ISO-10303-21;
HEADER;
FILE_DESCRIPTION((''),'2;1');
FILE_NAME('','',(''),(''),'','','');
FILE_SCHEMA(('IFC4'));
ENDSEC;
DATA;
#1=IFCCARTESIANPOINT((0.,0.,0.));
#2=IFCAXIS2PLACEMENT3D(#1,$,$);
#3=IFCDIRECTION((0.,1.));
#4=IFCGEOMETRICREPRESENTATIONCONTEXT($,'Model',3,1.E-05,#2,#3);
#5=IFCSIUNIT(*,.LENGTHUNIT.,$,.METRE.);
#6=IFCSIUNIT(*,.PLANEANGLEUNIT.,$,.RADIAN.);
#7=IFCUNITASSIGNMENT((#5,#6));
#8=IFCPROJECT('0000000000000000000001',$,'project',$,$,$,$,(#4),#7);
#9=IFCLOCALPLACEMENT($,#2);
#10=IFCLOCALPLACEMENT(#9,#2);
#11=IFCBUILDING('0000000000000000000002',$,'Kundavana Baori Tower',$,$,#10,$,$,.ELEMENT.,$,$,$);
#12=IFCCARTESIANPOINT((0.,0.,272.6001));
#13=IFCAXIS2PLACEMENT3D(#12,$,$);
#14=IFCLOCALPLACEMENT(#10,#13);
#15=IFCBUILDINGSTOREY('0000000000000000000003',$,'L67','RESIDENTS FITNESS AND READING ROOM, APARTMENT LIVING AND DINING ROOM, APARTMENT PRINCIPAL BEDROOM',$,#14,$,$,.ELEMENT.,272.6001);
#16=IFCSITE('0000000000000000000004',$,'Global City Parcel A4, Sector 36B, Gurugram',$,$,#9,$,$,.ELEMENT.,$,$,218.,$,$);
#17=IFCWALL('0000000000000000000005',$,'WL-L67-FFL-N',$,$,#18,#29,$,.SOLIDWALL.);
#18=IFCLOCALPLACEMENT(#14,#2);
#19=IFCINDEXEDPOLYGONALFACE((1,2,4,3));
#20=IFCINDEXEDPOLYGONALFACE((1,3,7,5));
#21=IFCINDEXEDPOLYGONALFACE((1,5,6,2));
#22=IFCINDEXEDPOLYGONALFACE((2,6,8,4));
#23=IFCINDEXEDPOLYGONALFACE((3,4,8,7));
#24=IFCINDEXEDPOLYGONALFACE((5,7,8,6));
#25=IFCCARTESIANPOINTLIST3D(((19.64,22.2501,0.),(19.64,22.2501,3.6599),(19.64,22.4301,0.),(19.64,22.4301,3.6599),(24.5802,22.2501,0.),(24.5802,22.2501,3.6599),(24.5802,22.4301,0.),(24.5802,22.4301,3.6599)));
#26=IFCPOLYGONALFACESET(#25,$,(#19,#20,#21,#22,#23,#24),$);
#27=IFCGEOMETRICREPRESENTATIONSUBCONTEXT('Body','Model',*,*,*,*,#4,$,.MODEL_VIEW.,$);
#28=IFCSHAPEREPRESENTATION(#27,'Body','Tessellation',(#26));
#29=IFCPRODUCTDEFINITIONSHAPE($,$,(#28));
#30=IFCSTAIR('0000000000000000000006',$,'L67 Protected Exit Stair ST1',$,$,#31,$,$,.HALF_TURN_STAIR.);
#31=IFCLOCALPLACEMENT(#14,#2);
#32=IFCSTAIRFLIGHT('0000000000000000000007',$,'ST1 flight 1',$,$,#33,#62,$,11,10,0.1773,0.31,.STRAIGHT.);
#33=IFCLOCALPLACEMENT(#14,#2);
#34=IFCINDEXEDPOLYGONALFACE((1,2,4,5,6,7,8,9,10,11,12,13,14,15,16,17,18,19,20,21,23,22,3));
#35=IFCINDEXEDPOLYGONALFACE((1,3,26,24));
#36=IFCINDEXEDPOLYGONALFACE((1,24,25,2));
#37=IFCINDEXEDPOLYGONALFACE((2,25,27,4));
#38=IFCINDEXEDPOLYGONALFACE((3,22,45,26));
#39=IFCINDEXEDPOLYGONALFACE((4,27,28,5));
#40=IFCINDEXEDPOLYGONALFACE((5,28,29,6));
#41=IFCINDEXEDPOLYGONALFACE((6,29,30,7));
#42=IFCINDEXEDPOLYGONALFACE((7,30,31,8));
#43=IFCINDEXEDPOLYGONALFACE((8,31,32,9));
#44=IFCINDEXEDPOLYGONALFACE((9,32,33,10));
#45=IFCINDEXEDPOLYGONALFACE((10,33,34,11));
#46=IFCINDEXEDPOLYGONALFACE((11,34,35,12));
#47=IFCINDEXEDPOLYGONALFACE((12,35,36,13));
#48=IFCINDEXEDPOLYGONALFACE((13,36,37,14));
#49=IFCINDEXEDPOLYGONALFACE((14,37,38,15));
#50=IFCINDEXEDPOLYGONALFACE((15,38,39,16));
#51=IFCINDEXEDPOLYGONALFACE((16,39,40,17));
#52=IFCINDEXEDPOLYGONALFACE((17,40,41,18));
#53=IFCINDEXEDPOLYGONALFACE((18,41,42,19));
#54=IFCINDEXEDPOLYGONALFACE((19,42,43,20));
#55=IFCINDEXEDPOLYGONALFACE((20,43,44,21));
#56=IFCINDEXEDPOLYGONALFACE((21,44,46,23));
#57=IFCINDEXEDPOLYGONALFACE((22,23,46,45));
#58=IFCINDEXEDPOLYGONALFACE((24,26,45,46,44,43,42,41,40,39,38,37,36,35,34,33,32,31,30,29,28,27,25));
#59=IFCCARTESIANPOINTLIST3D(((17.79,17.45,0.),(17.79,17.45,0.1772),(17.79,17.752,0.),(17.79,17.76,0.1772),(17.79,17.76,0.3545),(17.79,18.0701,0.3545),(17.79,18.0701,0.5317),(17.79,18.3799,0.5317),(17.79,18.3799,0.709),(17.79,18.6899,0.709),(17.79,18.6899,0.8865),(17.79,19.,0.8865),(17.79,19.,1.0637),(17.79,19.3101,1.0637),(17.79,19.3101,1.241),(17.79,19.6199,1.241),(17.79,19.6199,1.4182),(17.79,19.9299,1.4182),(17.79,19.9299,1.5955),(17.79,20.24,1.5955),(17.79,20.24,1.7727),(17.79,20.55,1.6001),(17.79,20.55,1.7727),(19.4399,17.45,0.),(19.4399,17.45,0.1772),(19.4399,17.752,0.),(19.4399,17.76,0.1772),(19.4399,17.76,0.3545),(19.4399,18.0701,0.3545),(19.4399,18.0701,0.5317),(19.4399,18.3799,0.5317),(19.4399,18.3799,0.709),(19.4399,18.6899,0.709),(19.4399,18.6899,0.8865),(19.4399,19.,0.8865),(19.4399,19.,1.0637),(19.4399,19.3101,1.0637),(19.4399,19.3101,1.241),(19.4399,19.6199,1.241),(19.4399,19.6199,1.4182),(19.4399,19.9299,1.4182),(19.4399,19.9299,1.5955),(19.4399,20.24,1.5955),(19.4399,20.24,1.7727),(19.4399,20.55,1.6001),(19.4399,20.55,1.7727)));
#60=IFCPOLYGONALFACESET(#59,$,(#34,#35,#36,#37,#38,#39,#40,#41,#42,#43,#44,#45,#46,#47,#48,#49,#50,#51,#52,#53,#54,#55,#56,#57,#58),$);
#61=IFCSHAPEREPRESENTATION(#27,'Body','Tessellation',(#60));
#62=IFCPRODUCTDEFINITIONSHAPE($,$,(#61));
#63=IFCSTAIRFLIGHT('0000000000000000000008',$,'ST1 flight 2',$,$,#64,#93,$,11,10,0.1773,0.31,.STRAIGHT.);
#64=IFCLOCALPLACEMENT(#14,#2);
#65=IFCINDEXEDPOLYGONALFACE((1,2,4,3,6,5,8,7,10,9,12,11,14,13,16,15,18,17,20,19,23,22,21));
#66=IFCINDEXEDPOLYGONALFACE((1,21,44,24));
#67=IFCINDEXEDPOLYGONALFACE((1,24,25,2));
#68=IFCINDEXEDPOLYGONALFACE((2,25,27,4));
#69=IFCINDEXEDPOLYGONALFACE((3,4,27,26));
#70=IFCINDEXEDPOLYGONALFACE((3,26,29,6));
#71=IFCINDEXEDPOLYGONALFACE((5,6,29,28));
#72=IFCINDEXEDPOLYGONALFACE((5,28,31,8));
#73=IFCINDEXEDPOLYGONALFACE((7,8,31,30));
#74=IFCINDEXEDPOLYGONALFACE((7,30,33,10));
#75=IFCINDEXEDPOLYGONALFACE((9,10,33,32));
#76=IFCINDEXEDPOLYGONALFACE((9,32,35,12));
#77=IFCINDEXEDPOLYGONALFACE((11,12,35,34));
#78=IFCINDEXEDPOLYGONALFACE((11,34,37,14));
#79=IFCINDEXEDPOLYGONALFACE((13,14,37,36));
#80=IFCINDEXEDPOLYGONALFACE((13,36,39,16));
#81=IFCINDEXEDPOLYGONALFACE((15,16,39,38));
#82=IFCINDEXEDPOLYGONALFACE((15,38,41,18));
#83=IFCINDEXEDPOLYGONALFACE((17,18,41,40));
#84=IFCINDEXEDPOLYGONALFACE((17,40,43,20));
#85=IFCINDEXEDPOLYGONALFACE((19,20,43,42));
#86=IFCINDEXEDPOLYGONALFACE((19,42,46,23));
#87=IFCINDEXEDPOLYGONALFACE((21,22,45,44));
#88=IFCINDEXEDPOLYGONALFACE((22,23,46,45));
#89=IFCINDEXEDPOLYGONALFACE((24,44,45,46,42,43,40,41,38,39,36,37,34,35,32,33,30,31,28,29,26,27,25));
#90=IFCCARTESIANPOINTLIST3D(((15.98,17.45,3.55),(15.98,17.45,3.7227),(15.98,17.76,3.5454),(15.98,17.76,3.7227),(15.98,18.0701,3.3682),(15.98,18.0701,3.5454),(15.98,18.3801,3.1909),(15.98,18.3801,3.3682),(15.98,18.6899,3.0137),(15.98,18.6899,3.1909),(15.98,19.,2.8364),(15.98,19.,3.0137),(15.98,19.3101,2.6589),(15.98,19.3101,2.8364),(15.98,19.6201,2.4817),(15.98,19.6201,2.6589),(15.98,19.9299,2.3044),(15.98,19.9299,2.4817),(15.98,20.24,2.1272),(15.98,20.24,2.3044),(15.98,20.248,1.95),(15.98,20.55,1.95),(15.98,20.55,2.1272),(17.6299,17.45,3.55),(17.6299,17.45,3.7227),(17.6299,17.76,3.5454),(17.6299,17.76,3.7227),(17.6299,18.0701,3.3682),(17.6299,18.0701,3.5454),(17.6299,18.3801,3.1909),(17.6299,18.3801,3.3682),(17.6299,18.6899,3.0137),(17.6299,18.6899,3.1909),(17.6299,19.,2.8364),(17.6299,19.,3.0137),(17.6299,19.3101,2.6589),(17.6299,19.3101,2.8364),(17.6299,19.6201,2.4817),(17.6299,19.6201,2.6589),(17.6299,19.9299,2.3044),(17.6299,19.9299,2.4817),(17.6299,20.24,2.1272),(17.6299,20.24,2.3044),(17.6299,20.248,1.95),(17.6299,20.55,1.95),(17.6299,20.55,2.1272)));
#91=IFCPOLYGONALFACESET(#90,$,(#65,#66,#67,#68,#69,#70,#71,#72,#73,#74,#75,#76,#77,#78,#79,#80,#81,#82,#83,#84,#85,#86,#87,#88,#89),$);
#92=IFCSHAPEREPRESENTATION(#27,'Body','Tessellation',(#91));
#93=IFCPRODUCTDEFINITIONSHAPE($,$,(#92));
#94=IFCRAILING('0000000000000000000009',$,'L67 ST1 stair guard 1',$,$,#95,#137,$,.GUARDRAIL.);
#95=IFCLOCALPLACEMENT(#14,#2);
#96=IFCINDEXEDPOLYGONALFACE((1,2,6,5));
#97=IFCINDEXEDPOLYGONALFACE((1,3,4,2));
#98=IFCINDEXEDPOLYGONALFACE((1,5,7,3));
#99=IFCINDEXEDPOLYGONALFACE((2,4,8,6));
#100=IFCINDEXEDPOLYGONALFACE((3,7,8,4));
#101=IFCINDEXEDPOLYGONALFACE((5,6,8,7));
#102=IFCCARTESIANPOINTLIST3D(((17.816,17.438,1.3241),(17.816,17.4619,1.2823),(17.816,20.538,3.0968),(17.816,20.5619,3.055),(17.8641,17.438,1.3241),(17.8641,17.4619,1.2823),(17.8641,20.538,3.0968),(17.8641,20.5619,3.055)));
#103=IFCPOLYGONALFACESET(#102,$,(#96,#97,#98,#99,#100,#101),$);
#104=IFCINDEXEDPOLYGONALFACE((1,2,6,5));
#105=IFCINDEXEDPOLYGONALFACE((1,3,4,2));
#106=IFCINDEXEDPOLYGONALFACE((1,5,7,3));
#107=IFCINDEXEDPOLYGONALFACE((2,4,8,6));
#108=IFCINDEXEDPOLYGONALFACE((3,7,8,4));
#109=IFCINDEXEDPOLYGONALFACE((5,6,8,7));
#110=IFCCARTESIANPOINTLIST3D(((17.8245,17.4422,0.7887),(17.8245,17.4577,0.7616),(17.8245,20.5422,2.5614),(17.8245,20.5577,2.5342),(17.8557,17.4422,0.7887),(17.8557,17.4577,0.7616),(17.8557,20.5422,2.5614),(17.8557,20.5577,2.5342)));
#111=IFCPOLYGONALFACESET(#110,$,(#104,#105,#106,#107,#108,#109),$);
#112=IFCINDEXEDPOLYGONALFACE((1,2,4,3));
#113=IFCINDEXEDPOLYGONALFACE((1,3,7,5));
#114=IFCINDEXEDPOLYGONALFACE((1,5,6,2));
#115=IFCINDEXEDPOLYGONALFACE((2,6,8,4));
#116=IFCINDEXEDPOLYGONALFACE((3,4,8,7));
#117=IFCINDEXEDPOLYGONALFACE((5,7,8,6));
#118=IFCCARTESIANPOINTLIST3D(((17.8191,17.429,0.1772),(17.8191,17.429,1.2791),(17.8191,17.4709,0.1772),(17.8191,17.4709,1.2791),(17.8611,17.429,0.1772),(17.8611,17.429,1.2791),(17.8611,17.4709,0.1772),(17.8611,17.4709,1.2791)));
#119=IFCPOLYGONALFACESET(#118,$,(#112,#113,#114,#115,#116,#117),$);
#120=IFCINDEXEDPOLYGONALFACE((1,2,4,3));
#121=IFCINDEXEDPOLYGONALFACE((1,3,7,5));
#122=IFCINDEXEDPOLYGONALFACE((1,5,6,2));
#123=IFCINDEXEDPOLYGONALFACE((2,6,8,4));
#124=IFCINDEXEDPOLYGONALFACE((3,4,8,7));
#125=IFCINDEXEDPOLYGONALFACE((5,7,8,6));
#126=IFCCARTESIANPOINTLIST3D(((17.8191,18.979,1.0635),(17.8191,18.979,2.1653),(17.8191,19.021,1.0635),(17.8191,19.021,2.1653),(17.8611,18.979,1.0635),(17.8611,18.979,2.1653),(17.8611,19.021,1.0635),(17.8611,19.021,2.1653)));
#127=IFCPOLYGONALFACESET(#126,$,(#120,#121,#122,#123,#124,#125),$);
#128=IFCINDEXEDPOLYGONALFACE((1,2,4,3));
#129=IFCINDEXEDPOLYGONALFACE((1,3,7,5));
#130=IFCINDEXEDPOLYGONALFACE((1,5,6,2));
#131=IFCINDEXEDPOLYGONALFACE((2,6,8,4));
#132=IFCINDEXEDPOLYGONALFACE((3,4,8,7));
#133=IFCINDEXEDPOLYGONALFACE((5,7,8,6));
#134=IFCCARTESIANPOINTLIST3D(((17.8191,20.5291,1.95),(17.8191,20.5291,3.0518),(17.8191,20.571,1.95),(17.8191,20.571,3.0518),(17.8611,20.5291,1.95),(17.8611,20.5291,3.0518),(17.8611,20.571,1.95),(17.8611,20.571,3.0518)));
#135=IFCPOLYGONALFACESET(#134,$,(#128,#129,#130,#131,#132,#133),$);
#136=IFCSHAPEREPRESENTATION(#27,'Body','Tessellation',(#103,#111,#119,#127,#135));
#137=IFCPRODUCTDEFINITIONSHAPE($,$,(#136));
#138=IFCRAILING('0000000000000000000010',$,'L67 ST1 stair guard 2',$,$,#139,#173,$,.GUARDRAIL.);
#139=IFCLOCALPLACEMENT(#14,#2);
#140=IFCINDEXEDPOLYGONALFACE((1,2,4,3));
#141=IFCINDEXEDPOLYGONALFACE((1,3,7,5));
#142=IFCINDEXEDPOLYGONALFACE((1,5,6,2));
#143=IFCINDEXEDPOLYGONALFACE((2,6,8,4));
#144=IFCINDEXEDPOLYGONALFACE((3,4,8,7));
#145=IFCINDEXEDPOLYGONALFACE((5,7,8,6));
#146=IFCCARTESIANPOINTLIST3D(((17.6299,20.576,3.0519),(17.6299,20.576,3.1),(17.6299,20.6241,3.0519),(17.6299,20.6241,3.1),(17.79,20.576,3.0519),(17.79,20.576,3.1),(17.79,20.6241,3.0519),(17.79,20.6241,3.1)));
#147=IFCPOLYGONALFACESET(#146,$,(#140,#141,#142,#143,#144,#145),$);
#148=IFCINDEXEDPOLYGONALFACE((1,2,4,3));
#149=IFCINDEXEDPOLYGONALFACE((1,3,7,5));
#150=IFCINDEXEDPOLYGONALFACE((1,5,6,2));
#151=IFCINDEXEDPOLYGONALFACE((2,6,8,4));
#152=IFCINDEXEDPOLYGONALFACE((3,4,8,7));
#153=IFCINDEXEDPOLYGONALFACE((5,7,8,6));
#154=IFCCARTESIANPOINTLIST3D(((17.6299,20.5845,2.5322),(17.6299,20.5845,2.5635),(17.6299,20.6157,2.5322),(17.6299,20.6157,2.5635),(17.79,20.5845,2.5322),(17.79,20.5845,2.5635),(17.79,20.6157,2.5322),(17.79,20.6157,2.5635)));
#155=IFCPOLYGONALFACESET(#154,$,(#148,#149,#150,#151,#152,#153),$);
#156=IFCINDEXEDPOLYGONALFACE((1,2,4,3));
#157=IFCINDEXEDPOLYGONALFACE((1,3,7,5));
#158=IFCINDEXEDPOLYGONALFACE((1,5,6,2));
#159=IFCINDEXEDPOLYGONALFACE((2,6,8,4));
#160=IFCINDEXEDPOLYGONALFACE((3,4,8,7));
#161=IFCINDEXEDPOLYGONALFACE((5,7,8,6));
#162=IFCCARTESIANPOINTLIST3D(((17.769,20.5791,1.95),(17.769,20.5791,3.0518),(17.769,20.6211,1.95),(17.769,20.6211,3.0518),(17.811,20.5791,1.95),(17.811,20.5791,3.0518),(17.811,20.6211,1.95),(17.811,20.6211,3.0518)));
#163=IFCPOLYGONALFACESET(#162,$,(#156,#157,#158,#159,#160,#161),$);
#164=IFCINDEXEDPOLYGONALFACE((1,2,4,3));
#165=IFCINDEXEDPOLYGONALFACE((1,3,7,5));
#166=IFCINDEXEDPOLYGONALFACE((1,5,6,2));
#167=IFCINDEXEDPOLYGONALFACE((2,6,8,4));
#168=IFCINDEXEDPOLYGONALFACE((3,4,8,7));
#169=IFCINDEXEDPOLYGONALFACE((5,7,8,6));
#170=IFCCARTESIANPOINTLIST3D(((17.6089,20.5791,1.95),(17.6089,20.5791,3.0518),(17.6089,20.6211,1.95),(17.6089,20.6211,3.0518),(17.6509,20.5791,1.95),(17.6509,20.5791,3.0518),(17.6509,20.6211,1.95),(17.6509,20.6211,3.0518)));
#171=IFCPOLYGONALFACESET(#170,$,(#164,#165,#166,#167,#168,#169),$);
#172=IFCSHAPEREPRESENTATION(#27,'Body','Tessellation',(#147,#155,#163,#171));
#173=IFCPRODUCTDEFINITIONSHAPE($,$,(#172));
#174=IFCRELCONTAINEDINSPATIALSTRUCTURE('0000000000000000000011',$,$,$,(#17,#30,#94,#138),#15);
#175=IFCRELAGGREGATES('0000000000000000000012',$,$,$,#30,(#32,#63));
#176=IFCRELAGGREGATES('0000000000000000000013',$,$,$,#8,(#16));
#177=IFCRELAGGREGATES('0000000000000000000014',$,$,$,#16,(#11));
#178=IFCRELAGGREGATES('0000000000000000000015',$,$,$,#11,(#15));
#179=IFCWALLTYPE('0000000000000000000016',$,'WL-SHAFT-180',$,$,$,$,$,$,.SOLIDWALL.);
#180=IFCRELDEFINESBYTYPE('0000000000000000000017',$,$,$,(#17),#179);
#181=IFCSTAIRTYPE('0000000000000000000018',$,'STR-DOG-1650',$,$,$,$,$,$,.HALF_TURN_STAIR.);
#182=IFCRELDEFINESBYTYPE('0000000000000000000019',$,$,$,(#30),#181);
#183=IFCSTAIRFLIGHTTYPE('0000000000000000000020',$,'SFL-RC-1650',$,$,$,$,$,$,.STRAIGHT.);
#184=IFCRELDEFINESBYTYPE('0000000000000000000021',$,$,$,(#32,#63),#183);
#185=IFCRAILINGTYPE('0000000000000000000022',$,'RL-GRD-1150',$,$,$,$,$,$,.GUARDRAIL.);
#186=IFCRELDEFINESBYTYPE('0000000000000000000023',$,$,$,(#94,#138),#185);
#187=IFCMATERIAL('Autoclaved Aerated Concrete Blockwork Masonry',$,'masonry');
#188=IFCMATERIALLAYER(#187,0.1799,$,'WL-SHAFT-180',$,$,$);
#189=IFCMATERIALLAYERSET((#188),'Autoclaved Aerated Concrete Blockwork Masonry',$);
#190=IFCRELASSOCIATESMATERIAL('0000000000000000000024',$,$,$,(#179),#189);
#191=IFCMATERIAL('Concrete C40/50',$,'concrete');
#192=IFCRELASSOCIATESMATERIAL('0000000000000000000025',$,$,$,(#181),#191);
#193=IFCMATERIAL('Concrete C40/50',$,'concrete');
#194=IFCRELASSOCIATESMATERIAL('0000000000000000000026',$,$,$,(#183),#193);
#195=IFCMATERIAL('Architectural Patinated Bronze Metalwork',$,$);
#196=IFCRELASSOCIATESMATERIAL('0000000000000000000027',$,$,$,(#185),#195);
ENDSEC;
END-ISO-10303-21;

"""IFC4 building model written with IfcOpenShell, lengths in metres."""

from ifc_helpers import new_model, si_unit, direction, frame, frame_2d, origin, origin_2d, place, context, subcontext, project, spatial, polyline, rectangle, outline, extrude, material, layer, layer_set, type_object, element, aggregate, save


model = new_model("IFC4")

# Units and contexts
model_context = context("Model", 3, precision=1e-05, world=origin(), true_north=direction((0.0, 1.0)))
body_context = subcontext(model_context, "Body", "Model", "MODEL_VIEW")
ifc_project = project(units=[si_unit("LENGTHUNIT", "METRE"), si_unit("PLANEANGLEUNIT", "RADIAN")], contexts=[model_context])

# Site, building, storey
site_placement = place(None, origin())
site = spatial("IfcSite", under=ifc_project, at=site_placement, Name="Global City Parcel A4, Sector 36B, Gurugram", CompositionType="ELEMENT", RefElevation=218.0)
building_placement = place(site_placement, origin())
building = spatial("IfcBuilding", under=site, at=building_placement, Name="Kundavana Baori Tower", CompositionType="ELEMENT")
storey_placement = place(building_placement, frame((0.0, 0.0, 272.6001)))
storey = spatial("IfcBuildingStorey", under=building, at=storey_placement, Name="L67", Description="RESIDENTS FITNESS AND READING ROOM, APARTMENT LIVING AND DINING ROOM, APARTMENT PRINCIPAL BEDROOM", CompositionType="ELEMENT", Elevation=272.6001)

# Shared definitions
ifc_material_1 = material(Name="Autoclaved Aerated Concrete Blockwork Masonry", Category="masonry")
ifc_layer_1 = layer(ifc_material_1, 0.1799, Name="WL-SHAFT-180")
ifc_layer_set_1 = layer_set([ifc_layer_1], Name="Autoclaved Aerated Concrete Blockwork Masonry")
wall_type_1 = type_object("IfcWallType", Name="WL-SHAFT-180", PredefinedType="SOLIDWALL", material=ifc_layer_set_1)

# Wall
wall_1_placement = place(storey_placement, frame((19.6399, 22.3401, 0.0), z_axis=(0.0, 0.0, 1.0), x_axis=(1.0, 0.0, 0.0)))
element("IfcWall", 1, at=wall_1_placement, inside=storey, type_object=wall_type_1, Name="WL-L67-FFL-N", PredefinedType="SOLIDWALL", context=body_context, shape_type="SweptSolid", body=[
    extrude(rectangle(XDim=4.9402, YDim=0.1799, at=frame_2d((2.4702, 0.0))), origin(), (0.0, 0.0, 1.0), 3.6599),
])

# Stair, stair flights
ifc_material_2 = material(Name="Concrete C40/50", Category="concrete")
stair_type = type_object("IfcStairType", Name="STR-DOG-1650", PredefinedType="HALF_TURN_STAIR", material=ifc_material_2)
stair_placement = place(storey_placement, origin())
stair = element("IfcStair", 2, at=stair_placement, inside=storey, type_object=stair_type, Name="L67 Protected Exit Stair ST1", PredefinedType="HALF_TURN_STAIR")
ifc_material_3 = material(Name="Concrete C40/50", Category="concrete")
stair_flight_type = type_object("IfcStairFlightType", Name="SFL-RC-1650", PredefinedType="STRAIGHT", material=ifc_material_3)
stair_flight_1_placement = place(storey_placement, frame((18.615, 17.45, 0.0), z_axis=(0.0, 0.0, 1.0), x_axis=(0.0, 1.0, 0.0)))
stair_flight_1 = element("IfcStairFlight", 3, at=stair_flight_1_placement, type_object=stair_flight_type, Name="ST1 flight 1", NumberOfRisers=11, NumberOfTreads=10, PredefinedType="STRAIGHT", RiserHeight=0.1773, TreadLength=0.31, context=body_context, shape_type="SweptSolid", body=[
    extrude(outline(polyline([(0.0, 0.0), (0.0, 0.1772), (0.3101, 0.1772), (0.3101, 0.3545), (0.6201, 0.3545), (0.6201, 0.5317), (0.9299, 0.5317), (0.9299, 0.709), (1.24, 0.709), (1.24, 0.8865), (1.55, 0.8865), (1.55, 1.0637), (1.8601, 1.0637), (1.8601, 1.241), (2.1699, 1.241), (2.1699, 1.4182), (2.48, 1.4182), (2.48, 1.5955), (2.79, 1.5955), (2.79, 1.7727), (3.1001, 1.7727), (3.1001, 1.95), (3.1001, 1.6001), (0.302, 0.0), (0.0, 0.0)])), frame((0.0, 0.825, 0.0), z_axis=(0.0, -1.0, 0.0), x_axis=(1.0, 0.0, 0.0)), (0.0, 0.0, 1.0), 1.6499),
])
stair_flight_2_placement = place(storey_placement, frame((16.8049, 20.55, 1.95), z_axis=(0.0, 0.0, 1.0), x_axis=(0.0, -1.0, 0.0)))
stair_flight_2 = element("IfcStairFlight", 4, at=stair_flight_2_placement, type_object=stair_flight_type, Name="ST1 flight 2", NumberOfRisers=11, NumberOfTreads=10, PredefinedType="STRAIGHT", RiserHeight=0.1773, TreadLength=0.31, context=body_context, shape_type="SweptSolid", body=[
    extrude(outline(polyline([(0.0, 0.0), (0.0, 0.1772), (0.3101, 0.1772), (0.3101, 0.3545), (0.6201, 0.3545), (0.6201, 0.5317), (0.9299, 0.5317), (0.9299, 0.709), (1.24, 0.709), (1.24, 0.8865), (1.55, 0.8865), (1.55, 1.0637), (1.8601, 1.0637), (1.8601, 1.241), (2.1699, 1.241), (2.1699, 1.4182), (2.48, 1.4182), (2.48, 1.5955), (2.79, 1.5955), (2.79, 1.7727), (3.1001, 1.7727), (3.1001, 1.95), (3.1001, 1.6001), (0.302, 0.0), (0.0, 0.0)])), frame((0.0, 0.825, 0.0), z_axis=(0.0, -1.0, 0.0), x_axis=(1.0, 0.0, 0.0)), (0.0, 0.0, 1.0), 1.6499),
])
aggregate(stair, [stair_flight_1, stair_flight_2])

# Railings
ifc_material_4 = material(Name="Architectural Patinated Bronze Metalwork")
railing_type_1 = type_object("IfcRailingType", Name="RL-GRD-1150", PredefinedType="GUARDRAIL", material=ifc_material_4)
railing_1_placement = place(storey_placement, frame((17.8401, 17.45, 0.1772)))
element("IfcRailing", 5, at=railing_1_placement, inside=storey, type_object=railing_type_1, Name="L67 ST1 stair guard 1", PredefinedType="GUARDRAIL", context=body_context, shape_type="SweptSolid", body=[
    extrude(rectangle(XDim=0.0481, YDim=0.0481, at=origin_2d()), frame((0.0, 0.0, 1.126), z_axis=(0.0, 0.868096, 0.496397), x_axis=(-1.0, 0.0, 0.0)), (0.0, 0.0, 1.0), 3.571),
    extrude(rectangle(XDim=0.0312, YDim=0.0312, at=origin_2d()), frame((0.0, 0.0, 0.5979), z_axis=(0.0, 0.868096, 0.496397), x_axis=(-1.0, 0.0, 0.0)), (0.0, 0.0, 1.0), 3.571),
    extrude(rectangle(XDim=0.042, YDim=0.042, at=origin_2d()), origin(), (0.0, 0.0, 1.0), 1.1018),
    extrude(rectangle(XDim=0.042, YDim=0.042, at=origin_2d()), frame((0.0, 1.55, 0.8862)), (0.0, 0.0, 1.0), 1.1018),
    extrude(rectangle(XDim=0.042, YDim=0.042, at=origin_2d()), frame((0.0, 3.1001, 1.7727)), (0.0, 0.0, 1.0), 1.1018),
])
railing_2_placement = place(storey_placement, frame((17.79, 20.6001, 1.95)))
element("IfcRailing", 6, at=railing_2_placement, inside=storey, type_object=railing_type_1, Name="L67 ST1 stair guard 2", PredefinedType="GUARDRAIL", context=body_context, shape_type="SweptSolid", body=[
    extrude(rectangle(XDim=0.0481, YDim=0.0481, at=origin_2d()), frame((0.0, 0.0, 1.126), z_axis=(-1.0, 0.0, 0.0), x_axis=(0.0, -1.0, 0.0)), (0.0, 0.0, 1.0), 0.1602),
    extrude(rectangle(XDim=0.0312, YDim=0.0312, at=origin_2d()), frame((0.0, 0.0, 0.5979), z_axis=(-1.0, 0.0, 0.0), x_axis=(0.0, -1.0, 0.0)), (0.0, 0.0, 1.0), 0.1602),
    extrude(rectangle(XDim=0.042, YDim=0.042, at=origin_2d()), origin(), (0.0, 0.0, 1.0), 1.1018),
    extrude(rectangle(XDim=0.042, YDim=0.042, at=origin_2d()), frame((-0.1602, 0.0, 0.0)), (0.0, 0.0, 1.0), 1.1018),
])

save(model, "model.ifc")
